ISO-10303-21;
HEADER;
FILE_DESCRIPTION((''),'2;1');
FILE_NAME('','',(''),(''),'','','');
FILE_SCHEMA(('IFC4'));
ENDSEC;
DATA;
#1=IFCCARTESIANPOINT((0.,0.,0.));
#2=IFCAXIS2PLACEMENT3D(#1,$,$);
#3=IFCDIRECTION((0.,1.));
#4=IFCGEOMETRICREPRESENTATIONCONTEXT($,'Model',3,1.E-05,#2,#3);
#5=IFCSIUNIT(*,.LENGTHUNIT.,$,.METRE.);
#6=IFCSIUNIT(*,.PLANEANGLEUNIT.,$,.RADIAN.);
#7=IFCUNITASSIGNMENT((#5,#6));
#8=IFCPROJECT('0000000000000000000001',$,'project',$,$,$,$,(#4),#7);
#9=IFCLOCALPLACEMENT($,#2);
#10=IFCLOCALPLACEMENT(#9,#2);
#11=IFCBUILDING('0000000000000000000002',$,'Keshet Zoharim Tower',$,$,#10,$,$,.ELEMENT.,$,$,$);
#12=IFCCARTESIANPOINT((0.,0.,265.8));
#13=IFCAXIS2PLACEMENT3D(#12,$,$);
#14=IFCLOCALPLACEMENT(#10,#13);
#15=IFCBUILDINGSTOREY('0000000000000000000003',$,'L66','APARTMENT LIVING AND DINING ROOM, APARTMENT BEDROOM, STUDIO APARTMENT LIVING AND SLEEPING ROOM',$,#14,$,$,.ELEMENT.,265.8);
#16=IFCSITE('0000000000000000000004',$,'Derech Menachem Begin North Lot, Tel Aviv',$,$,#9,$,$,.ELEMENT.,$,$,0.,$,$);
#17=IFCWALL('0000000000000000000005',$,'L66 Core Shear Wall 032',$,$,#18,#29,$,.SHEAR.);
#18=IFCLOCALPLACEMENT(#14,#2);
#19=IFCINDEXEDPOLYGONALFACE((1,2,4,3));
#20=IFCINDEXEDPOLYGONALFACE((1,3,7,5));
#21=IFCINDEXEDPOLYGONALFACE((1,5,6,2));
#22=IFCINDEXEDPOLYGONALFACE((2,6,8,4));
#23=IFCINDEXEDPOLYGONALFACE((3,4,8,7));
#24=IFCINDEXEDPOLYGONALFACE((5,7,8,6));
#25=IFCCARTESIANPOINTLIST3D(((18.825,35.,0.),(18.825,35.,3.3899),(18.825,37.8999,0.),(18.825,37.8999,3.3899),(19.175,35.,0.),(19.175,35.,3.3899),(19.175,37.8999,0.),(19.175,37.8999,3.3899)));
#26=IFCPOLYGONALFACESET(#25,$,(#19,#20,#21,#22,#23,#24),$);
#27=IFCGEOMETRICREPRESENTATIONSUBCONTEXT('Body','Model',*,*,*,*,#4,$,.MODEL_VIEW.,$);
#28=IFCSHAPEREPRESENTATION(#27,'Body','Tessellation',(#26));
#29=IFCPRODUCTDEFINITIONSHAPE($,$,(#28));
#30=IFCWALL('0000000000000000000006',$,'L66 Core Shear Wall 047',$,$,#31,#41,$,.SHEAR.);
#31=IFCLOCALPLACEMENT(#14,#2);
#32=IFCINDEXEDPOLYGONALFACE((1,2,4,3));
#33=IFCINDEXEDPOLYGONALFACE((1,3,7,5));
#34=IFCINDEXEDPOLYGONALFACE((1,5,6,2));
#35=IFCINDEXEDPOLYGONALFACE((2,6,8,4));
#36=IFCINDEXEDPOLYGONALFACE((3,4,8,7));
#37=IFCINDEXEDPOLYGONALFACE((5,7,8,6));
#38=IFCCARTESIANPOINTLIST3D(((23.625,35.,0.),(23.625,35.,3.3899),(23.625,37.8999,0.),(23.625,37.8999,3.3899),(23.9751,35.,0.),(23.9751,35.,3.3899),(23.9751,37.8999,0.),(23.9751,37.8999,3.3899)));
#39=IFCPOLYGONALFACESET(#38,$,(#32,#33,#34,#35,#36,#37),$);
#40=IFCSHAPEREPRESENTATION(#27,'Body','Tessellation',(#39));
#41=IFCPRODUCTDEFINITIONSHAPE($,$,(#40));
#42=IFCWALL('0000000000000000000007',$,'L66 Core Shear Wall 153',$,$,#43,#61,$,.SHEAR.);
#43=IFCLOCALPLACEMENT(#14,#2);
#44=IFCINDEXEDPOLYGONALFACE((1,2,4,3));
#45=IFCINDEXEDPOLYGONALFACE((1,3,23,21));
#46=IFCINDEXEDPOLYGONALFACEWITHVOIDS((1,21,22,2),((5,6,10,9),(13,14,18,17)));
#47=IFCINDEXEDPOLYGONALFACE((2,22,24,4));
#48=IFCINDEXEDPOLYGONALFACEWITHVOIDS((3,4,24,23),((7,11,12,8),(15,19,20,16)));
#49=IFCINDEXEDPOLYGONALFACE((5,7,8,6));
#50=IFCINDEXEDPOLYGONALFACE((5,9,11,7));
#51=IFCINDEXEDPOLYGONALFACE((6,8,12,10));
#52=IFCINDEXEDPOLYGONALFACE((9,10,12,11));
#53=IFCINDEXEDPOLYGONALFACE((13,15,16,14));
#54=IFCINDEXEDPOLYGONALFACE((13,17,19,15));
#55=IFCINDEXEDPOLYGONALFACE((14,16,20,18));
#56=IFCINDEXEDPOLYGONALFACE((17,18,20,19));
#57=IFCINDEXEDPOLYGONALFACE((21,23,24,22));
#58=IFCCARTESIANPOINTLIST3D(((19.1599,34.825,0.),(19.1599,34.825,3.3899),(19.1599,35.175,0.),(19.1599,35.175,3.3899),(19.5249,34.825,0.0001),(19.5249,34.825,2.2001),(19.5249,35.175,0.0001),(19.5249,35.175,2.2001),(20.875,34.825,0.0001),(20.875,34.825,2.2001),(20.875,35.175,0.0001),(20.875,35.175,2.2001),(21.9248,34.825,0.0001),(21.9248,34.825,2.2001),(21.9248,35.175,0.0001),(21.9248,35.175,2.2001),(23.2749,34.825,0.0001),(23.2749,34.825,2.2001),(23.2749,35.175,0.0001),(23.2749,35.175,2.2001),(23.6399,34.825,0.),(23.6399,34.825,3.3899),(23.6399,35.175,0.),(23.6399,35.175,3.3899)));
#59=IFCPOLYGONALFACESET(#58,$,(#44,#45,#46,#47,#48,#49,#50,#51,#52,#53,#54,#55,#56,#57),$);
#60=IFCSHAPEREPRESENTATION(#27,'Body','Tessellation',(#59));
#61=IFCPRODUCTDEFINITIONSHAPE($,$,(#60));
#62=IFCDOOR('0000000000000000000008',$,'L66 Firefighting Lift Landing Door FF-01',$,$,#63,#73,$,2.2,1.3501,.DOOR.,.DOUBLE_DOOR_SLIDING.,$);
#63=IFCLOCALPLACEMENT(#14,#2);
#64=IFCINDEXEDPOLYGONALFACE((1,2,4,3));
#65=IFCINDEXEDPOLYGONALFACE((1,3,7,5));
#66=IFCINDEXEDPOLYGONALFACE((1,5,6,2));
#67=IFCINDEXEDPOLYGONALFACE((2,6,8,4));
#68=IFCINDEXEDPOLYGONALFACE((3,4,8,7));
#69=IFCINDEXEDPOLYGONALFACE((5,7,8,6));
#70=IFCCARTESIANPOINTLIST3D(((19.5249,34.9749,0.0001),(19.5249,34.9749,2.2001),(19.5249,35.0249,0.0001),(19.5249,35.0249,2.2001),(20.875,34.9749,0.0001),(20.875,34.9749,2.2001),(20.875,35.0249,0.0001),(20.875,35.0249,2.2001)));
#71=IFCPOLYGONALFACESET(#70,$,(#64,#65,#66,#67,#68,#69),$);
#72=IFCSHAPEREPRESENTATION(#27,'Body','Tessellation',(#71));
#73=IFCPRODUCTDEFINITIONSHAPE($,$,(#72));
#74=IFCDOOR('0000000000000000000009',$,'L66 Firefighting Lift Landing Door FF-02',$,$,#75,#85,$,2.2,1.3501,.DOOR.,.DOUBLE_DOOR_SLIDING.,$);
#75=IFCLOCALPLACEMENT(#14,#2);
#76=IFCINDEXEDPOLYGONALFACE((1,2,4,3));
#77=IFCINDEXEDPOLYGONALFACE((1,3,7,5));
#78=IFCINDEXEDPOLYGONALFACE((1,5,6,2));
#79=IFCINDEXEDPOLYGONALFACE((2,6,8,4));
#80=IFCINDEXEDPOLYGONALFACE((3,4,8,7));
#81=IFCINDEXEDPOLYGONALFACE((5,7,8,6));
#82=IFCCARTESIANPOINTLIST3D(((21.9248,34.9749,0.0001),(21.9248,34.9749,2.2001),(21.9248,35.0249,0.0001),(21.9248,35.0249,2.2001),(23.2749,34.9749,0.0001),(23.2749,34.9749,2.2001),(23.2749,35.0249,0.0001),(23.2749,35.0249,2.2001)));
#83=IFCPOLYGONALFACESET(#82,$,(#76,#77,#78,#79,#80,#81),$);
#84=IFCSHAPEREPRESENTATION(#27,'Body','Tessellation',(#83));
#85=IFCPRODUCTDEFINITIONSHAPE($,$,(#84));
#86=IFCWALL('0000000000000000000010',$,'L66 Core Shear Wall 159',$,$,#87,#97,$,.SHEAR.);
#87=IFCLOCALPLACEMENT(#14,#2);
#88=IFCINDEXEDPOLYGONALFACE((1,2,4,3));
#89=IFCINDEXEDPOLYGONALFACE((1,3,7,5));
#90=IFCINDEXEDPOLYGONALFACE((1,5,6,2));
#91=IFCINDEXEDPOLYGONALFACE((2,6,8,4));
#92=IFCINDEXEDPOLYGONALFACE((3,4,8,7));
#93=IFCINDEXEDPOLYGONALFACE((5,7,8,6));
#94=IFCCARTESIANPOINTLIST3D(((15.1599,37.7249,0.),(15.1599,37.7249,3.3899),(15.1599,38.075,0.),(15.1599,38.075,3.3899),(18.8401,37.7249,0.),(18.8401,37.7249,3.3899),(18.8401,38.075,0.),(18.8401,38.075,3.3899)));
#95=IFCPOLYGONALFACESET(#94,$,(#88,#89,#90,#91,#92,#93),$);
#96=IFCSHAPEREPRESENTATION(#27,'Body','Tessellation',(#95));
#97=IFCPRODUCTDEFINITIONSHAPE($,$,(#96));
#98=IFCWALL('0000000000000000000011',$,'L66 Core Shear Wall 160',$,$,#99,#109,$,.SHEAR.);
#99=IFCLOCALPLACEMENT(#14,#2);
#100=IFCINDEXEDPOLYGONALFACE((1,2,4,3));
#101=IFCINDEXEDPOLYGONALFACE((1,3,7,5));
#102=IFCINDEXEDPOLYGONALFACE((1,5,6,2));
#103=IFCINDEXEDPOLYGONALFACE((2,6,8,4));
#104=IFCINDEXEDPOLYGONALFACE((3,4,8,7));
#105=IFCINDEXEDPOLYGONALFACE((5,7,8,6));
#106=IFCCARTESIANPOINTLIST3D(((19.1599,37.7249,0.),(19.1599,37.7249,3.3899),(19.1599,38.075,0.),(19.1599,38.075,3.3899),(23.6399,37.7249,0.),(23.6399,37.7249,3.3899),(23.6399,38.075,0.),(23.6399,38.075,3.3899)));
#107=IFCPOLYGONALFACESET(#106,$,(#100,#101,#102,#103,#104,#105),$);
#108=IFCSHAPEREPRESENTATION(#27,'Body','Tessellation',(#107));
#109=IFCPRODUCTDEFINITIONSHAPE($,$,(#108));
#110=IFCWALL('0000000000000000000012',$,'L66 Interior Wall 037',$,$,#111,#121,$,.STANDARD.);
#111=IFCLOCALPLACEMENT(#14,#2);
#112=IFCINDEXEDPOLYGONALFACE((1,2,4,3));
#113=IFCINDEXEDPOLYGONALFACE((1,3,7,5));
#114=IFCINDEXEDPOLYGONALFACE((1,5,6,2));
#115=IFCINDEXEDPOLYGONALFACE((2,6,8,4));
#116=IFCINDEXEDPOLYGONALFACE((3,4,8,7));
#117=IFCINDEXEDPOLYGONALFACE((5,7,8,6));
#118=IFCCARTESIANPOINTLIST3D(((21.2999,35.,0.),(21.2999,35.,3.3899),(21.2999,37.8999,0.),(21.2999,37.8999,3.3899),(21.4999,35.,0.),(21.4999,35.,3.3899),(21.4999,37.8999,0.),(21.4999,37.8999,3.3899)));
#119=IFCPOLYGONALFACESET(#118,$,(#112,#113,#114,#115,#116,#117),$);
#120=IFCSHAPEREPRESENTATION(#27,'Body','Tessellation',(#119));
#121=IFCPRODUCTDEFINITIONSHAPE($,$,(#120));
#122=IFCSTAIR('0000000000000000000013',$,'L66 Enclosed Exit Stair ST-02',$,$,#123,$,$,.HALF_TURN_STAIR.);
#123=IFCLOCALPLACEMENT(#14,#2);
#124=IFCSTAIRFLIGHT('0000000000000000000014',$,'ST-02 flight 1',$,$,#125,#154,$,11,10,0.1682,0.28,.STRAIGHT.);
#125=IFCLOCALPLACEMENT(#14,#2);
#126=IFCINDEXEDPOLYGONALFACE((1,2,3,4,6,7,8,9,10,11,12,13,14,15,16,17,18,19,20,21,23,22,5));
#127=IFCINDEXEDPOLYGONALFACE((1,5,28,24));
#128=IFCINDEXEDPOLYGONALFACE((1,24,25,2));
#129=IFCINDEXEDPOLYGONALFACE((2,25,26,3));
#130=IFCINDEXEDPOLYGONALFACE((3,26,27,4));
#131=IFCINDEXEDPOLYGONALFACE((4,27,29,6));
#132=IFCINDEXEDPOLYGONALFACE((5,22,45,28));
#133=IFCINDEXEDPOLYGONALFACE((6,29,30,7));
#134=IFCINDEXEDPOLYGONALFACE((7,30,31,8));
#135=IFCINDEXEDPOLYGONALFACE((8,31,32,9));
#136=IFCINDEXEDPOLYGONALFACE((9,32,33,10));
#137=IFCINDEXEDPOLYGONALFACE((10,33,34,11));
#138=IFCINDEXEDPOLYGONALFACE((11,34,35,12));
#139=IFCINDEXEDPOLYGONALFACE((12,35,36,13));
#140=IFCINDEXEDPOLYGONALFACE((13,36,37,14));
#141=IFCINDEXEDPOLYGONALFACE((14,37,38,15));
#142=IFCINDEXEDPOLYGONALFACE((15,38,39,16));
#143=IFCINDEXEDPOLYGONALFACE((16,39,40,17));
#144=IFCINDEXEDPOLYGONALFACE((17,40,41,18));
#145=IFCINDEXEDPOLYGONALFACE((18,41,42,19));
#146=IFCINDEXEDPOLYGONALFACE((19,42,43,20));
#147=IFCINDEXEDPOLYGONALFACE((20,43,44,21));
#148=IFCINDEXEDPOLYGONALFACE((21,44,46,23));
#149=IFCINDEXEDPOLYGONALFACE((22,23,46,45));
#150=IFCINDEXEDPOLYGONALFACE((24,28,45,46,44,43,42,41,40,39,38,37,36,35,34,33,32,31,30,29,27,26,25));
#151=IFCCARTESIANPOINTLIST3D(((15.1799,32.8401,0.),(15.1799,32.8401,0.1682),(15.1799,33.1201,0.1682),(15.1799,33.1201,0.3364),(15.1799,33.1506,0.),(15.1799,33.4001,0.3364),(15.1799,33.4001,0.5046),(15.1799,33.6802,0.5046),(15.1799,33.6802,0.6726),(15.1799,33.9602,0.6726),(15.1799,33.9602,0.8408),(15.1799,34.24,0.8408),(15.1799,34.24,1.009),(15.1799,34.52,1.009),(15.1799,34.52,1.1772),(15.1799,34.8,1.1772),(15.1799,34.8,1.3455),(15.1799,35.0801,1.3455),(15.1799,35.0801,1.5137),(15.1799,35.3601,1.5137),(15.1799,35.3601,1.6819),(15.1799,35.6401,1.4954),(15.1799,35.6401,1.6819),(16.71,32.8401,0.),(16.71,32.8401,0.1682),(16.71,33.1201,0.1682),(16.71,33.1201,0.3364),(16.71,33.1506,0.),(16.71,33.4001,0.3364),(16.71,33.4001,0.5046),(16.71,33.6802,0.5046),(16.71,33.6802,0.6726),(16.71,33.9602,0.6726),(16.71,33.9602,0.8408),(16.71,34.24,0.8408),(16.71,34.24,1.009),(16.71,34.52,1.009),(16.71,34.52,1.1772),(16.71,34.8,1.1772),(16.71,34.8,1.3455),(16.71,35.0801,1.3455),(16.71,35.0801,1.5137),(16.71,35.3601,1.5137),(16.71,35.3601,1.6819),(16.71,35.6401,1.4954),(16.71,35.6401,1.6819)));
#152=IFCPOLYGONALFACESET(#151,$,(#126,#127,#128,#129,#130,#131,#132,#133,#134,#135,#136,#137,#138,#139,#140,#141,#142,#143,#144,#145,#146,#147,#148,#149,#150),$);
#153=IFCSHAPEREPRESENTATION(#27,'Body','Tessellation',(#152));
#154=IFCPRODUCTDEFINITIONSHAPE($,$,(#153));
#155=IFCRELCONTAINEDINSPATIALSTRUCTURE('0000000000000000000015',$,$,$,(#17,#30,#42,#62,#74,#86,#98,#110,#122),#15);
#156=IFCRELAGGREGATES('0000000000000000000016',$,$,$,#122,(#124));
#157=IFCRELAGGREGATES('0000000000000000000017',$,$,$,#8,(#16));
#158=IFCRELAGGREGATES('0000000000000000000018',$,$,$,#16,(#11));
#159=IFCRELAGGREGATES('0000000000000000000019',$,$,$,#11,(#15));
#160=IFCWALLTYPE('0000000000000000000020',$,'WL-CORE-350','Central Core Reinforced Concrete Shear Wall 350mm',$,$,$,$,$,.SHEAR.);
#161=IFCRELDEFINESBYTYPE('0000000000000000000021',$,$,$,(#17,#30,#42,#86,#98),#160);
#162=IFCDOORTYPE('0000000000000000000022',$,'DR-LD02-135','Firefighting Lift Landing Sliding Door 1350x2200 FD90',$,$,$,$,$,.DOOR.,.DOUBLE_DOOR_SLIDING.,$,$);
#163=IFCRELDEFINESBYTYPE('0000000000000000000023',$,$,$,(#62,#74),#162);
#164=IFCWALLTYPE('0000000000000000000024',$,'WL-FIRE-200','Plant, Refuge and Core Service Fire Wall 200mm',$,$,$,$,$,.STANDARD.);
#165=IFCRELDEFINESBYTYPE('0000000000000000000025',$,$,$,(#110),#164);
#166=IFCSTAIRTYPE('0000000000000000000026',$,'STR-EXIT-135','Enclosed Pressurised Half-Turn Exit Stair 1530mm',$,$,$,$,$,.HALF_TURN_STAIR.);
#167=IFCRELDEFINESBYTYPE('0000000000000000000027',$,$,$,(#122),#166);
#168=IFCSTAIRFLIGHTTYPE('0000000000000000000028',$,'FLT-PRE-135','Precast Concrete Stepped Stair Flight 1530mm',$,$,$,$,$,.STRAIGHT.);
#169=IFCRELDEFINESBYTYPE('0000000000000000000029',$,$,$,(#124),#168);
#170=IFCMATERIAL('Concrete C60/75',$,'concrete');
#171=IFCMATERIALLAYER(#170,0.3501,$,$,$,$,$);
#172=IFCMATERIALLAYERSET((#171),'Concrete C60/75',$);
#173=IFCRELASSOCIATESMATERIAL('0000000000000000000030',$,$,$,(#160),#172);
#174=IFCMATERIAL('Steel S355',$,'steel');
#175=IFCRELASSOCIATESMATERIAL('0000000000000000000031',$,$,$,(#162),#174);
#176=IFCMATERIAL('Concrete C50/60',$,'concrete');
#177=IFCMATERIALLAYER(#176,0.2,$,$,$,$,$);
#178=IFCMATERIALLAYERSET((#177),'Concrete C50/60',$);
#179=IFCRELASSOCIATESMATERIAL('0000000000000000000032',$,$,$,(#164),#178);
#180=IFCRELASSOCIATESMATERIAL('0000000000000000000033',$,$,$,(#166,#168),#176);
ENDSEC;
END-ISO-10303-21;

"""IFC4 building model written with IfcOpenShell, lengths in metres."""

from ifc_helpers import new_model, si_unit, direction, frame, frame_2d, origin, place, context, subcontext, project, spatial, polyline, rectangle, outline, extrude, material, layer, layer_set, type_object, element, fill, aggregate, save


model = new_model("IFC4")

# Units and contexts
model_context = context("Model", 3, precision=1e-05, world=origin(), true_north=direction((0.0, 1.0)))
body_context = subcontext(model_context, "Body", "Model", "MODEL_VIEW")
ifc_project = project(units=[si_unit("LENGTHUNIT", "METRE"), si_unit("PLANEANGLEUNIT", "RADIAN")], contexts=[model_context])

# Site, building, storey
site_placement = place(None, origin())
site = spatial("IfcSite", under=ifc_project, at=site_placement, Name="Derech Menachem Begin North Lot, Tel Aviv", CompositionType="ELEMENT", RefElevation=0.0)
building_placement = place(site_placement, origin())
building = spatial("IfcBuilding", under=site, at=building_placement, Name="Keshet Zoharim Tower", CompositionType="ELEMENT")
storey_placement = place(building_placement, frame((0.0, 0.0, 265.8)))
storey = spatial("IfcBuildingStorey", under=building, at=storey_placement, Name="L66", Description="APARTMENT LIVING AND DINING ROOM, APARTMENT BEDROOM, STUDIO APARTMENT LIVING AND SLEEPING ROOM", CompositionType="ELEMENT", Elevation=265.8)

# Walls
ifc_material_1 = material(Name="Concrete C60/75", Category="concrete")
ifc_layer_1 = layer(ifc_material_1, 0.3501)
ifc_layer_set_1 = layer_set([ifc_layer_1], Name="Concrete C60/75")
wall_type_1 = type_object("IfcWallType", Name="WL-CORE-350", Description="Central Core Reinforced Concrete Shear Wall 350mm", PredefinedType="SHEAR", material=ifc_layer_set_1)
for number, where, z_axis, x_axis, name in (
    (1, (19.0, 35.0, 0.0), (0.0, 0.0, 1.0), (0.0, 1.0, 0.0), "L66 Core Shear Wall 032"),
    (2, (23.8, 35.0, 0.0), (0.0, 0.0, 1.0), (0.0, 1.0, 0.0), "L66 Core Shear Wall 047"),
):
    element("IfcWall", number, at=place(storey_placement, frame(where, z_axis=z_axis, x_axis=x_axis)), inside=storey, type_object=wall_type_1, Name=name, PredefinedType="SHEAR", context=body_context, shape_type="SweptSolid", body=[
        extrude(rectangle(XDim=2.8999, YDim=0.3501, at=frame_2d((1.45, 0.0))), origin(), (0.0, 0.0, 1.0), 3.3899),
    ])

# Wall, openings, doors
wall_1_placement = place(storey_placement, frame((19.1599, 35.0, 0.0), z_axis=(0.0, 0.0, 1.0), x_axis=(1.0, 0.0, 0.0)))
wall_1 = element("IfcWall", 3, at=wall_1_placement, inside=storey, type_object=wall_type_1, Name="L66 Core Shear Wall 153", PredefinedType="SHEAR", context=body_context, shape_type="SweptSolid", body=[
    extrude(rectangle(XDim=4.48, YDim=0.3501, at=frame_2d((2.24, 0.0))), origin(), (0.0, 0.0, 1.0), 3.3899),
])
opening_1_placement = place(wall_1_placement, frame((0.365, 0.0, 0.0)))
opening_1 = element("IfcOpeningElement", 4, at=opening_1_placement, cuts=wall_1, PredefinedType="OPENING", context=body_context, shape_type="SweptSolid", body=[
    extrude(rectangle(XDim=1.3501, YDim=2.2, at=frame_2d((0.675, 1.1001))), frame((0.0, 0.1851, 0.0), z_axis=(0.0, -1.0, 0.0), x_axis=(1.0, 0.0, 0.0)), (0.0, 0.0, 1.0), 0.3701),
])
opening_2_placement = place(wall_1_placement, frame((2.7649, 0.0, 0.0)))
opening_2 = element("IfcOpeningElement", 5, at=opening_2_placement, cuts=wall_1, PredefinedType="OPENING", context=body_context, shape_type="SweptSolid", body=[
    extrude(rectangle(XDim=1.3501, YDim=2.2, at=frame_2d((0.675, 1.1001))), frame((0.0, 0.1851, 0.0), z_axis=(0.0, -1.0, 0.0), x_axis=(1.0, 0.0, 0.0)), (0.0, 0.0, 1.0), 0.3701),
])
ifc_material_2 = material(Name="Steel S355", Category="steel")
door_type_1 = type_object("IfcDoorType", Name="DR-LD02-135", Description="Firefighting Lift Landing Sliding Door 1350x2200 FD90", OperationType="DOUBLE_DOOR_SLIDING", PredefinedType="DOOR", material=ifc_material_2)
door_1_placement = place(opening_1_placement, origin())
door_1 = element("IfcDoor", 6, at=door_1_placement, inside=storey, type_object=door_type_1, Name="L66 Firefighting Lift Landing Door FF-01", OperationType="DOUBLE_DOOR_SLIDING", OverallHeight=2.2, OverallWidth=1.3501, PredefinedType="DOOR", context=body_context, shape_type="SweptSolid", body=[
    extrude(rectangle(XDim=1.3501, YDim=2.2, at=frame_2d((0.675, 1.1001))), frame((0.0, 0.0249, 0.0), z_axis=(0.0, -1.0, 0.0), x_axis=(1.0, 0.0, 0.0)), (0.0, 0.0, 1.0), 0.05),
])
fill(opening_1, door_1)
door_2_placement = place(opening_2_placement, origin())
door_2 = element("IfcDoor", 7, at=door_2_placement, inside=storey, type_object=door_type_1, Name="L66 Firefighting Lift Landing Door FF-02", OperationType="DOUBLE_DOOR_SLIDING", OverallHeight=2.2, OverallWidth=1.3501, PredefinedType="DOOR", context=body_context, shape_type="SweptSolid", body=[
    extrude(rectangle(XDim=1.3501, YDim=2.2, at=frame_2d((0.675, 1.1001))), frame((0.0, 0.0249, 0.0), z_axis=(0.0, -1.0, 0.0), x_axis=(1.0, 0.0, 0.0)), (0.0, 0.0, 1.0), 0.05),
])
fill(opening_2, door_2)

# Walls
wall_2_placement = place(storey_placement, frame((15.1599, 37.8999, 0.0), z_axis=(0.0, 0.0, 1.0), x_axis=(1.0, 0.0, 0.0)))
element("IfcWall", 8, at=wall_2_placement, inside=storey, type_object=wall_type_1, Name="L66 Core Shear Wall 159", PredefinedType="SHEAR", context=body_context, shape_type="SweptSolid", body=[
    extrude(rectangle(XDim=3.6802, YDim=0.3501, at=frame_2d((1.8401, 0.0))), origin(), (0.0, 0.0, 1.0), 3.3899),
])
wall_3_placement = place(storey_placement, frame((19.1599, 37.8999, 0.0), z_axis=(0.0, 0.0, 1.0), x_axis=(1.0, 0.0, 0.0)))
element("IfcWall", 9, at=wall_3_placement, inside=storey, type_object=wall_type_1, Name="L66 Core Shear Wall 160", PredefinedType="SHEAR", context=body_context, shape_type="SweptSolid", body=[
    extrude(rectangle(XDim=4.48, YDim=0.3501, at=frame_2d((2.24, 0.0))), origin(), (0.0, 0.0, 1.0), 3.3899),
])
ifc_material_3 = material(Name="Concrete C50/60", Category="concrete")
ifc_layer_2 = layer(ifc_material_3, 0.2)
ifc_layer_set_2 = layer_set([ifc_layer_2], Name="Concrete C50/60")
wall_type_2 = type_object("IfcWallType", Name="WL-FIRE-200", Description="Plant, Refuge and Core Service Fire Wall 200mm", PredefinedType="STANDARD", material=ifc_layer_set_2)
wall_4_placement = place(storey_placement, frame((21.3999, 35.0, 0.0), z_axis=(0.0, 0.0, 1.0), x_axis=(0.0, 1.0, 0.0)))
element("IfcWall", 10, at=wall_4_placement, inside=storey, type_object=wall_type_2, Name="L66 Interior Wall 037", PredefinedType="STANDARD", context=body_context, shape_type="SweptSolid", body=[
    extrude(rectangle(XDim=2.8999, YDim=0.2, at=frame_2d((1.45, 0.0))), origin(), (0.0, 0.0, 1.0), 3.3899),
])

# Stair, stair flight
stair_type = type_object("IfcStairType", Name="STR-EXIT-135", Description="Enclosed Pressurised Half-Turn Exit Stair 1530mm", PredefinedType="HALF_TURN_STAIR", material=ifc_material_3)
stair_placement = place(storey_placement, origin())
stair = element("IfcStair", 11, at=stair_placement, inside=storey, type_object=stair_type, Name="L66 Enclosed Exit Stair ST-02", PredefinedType="HALF_TURN_STAIR")
stair_flight_type = type_object("IfcStairFlightType", Name="FLT-PRE-135", Description="Precast Concrete Stepped Stair Flight 1530mm", PredefinedType="STRAIGHT", material=ifc_material_3)
stair_flight_1_placement = place(storey_placement, frame((15.9451, 32.8401, 0.0), z_axis=(0.0, 0.0, 1.0), x_axis=(0.0, 1.0, 0.0)))
stair_flight_1 = element("IfcStairFlight", 12, at=stair_flight_1_placement, type_object=stair_flight_type, Name="ST-02 flight 1", NumberOfRisers=11, NumberOfTreads=10, PredefinedType="STRAIGHT", RiserHeight=0.1682, TreadLength=0.28, context=body_context, shape_type="SweptSolid", body=[
    extrude(outline(polyline([(0.0, 0.0), (0.0, 0.1682), (0.28, 0.1682), (0.28, 0.3364), (0.5601, 0.3364), (0.5601, 0.5046), (0.8401, 0.5046), (0.8401, 0.6726), (1.1201, 0.6726), (1.1201, 0.8408), (1.3999, 0.8408), (1.3999, 1.009), (1.6799, 1.009), (1.6799, 1.1772), (1.96, 1.1772), (1.96, 1.3455), (2.24, 1.3455), (2.24, 1.5137), (2.52, 1.5137), (2.52, 1.6819), (2.8, 1.6819), (2.8, 1.8501), (2.8, 1.4954), (0.3105, 0.0), (0.0, 0.0)])), frame((0.0, 0.7651, 0.0), z_axis=(0.0, -1.0, 0.0), x_axis=(1.0, 0.0, 0.0)), (0.0, 0.0, 1.0), 1.53),
])
aggregate(stair, [stair_flight_1])

save(model, "model.ifc")
